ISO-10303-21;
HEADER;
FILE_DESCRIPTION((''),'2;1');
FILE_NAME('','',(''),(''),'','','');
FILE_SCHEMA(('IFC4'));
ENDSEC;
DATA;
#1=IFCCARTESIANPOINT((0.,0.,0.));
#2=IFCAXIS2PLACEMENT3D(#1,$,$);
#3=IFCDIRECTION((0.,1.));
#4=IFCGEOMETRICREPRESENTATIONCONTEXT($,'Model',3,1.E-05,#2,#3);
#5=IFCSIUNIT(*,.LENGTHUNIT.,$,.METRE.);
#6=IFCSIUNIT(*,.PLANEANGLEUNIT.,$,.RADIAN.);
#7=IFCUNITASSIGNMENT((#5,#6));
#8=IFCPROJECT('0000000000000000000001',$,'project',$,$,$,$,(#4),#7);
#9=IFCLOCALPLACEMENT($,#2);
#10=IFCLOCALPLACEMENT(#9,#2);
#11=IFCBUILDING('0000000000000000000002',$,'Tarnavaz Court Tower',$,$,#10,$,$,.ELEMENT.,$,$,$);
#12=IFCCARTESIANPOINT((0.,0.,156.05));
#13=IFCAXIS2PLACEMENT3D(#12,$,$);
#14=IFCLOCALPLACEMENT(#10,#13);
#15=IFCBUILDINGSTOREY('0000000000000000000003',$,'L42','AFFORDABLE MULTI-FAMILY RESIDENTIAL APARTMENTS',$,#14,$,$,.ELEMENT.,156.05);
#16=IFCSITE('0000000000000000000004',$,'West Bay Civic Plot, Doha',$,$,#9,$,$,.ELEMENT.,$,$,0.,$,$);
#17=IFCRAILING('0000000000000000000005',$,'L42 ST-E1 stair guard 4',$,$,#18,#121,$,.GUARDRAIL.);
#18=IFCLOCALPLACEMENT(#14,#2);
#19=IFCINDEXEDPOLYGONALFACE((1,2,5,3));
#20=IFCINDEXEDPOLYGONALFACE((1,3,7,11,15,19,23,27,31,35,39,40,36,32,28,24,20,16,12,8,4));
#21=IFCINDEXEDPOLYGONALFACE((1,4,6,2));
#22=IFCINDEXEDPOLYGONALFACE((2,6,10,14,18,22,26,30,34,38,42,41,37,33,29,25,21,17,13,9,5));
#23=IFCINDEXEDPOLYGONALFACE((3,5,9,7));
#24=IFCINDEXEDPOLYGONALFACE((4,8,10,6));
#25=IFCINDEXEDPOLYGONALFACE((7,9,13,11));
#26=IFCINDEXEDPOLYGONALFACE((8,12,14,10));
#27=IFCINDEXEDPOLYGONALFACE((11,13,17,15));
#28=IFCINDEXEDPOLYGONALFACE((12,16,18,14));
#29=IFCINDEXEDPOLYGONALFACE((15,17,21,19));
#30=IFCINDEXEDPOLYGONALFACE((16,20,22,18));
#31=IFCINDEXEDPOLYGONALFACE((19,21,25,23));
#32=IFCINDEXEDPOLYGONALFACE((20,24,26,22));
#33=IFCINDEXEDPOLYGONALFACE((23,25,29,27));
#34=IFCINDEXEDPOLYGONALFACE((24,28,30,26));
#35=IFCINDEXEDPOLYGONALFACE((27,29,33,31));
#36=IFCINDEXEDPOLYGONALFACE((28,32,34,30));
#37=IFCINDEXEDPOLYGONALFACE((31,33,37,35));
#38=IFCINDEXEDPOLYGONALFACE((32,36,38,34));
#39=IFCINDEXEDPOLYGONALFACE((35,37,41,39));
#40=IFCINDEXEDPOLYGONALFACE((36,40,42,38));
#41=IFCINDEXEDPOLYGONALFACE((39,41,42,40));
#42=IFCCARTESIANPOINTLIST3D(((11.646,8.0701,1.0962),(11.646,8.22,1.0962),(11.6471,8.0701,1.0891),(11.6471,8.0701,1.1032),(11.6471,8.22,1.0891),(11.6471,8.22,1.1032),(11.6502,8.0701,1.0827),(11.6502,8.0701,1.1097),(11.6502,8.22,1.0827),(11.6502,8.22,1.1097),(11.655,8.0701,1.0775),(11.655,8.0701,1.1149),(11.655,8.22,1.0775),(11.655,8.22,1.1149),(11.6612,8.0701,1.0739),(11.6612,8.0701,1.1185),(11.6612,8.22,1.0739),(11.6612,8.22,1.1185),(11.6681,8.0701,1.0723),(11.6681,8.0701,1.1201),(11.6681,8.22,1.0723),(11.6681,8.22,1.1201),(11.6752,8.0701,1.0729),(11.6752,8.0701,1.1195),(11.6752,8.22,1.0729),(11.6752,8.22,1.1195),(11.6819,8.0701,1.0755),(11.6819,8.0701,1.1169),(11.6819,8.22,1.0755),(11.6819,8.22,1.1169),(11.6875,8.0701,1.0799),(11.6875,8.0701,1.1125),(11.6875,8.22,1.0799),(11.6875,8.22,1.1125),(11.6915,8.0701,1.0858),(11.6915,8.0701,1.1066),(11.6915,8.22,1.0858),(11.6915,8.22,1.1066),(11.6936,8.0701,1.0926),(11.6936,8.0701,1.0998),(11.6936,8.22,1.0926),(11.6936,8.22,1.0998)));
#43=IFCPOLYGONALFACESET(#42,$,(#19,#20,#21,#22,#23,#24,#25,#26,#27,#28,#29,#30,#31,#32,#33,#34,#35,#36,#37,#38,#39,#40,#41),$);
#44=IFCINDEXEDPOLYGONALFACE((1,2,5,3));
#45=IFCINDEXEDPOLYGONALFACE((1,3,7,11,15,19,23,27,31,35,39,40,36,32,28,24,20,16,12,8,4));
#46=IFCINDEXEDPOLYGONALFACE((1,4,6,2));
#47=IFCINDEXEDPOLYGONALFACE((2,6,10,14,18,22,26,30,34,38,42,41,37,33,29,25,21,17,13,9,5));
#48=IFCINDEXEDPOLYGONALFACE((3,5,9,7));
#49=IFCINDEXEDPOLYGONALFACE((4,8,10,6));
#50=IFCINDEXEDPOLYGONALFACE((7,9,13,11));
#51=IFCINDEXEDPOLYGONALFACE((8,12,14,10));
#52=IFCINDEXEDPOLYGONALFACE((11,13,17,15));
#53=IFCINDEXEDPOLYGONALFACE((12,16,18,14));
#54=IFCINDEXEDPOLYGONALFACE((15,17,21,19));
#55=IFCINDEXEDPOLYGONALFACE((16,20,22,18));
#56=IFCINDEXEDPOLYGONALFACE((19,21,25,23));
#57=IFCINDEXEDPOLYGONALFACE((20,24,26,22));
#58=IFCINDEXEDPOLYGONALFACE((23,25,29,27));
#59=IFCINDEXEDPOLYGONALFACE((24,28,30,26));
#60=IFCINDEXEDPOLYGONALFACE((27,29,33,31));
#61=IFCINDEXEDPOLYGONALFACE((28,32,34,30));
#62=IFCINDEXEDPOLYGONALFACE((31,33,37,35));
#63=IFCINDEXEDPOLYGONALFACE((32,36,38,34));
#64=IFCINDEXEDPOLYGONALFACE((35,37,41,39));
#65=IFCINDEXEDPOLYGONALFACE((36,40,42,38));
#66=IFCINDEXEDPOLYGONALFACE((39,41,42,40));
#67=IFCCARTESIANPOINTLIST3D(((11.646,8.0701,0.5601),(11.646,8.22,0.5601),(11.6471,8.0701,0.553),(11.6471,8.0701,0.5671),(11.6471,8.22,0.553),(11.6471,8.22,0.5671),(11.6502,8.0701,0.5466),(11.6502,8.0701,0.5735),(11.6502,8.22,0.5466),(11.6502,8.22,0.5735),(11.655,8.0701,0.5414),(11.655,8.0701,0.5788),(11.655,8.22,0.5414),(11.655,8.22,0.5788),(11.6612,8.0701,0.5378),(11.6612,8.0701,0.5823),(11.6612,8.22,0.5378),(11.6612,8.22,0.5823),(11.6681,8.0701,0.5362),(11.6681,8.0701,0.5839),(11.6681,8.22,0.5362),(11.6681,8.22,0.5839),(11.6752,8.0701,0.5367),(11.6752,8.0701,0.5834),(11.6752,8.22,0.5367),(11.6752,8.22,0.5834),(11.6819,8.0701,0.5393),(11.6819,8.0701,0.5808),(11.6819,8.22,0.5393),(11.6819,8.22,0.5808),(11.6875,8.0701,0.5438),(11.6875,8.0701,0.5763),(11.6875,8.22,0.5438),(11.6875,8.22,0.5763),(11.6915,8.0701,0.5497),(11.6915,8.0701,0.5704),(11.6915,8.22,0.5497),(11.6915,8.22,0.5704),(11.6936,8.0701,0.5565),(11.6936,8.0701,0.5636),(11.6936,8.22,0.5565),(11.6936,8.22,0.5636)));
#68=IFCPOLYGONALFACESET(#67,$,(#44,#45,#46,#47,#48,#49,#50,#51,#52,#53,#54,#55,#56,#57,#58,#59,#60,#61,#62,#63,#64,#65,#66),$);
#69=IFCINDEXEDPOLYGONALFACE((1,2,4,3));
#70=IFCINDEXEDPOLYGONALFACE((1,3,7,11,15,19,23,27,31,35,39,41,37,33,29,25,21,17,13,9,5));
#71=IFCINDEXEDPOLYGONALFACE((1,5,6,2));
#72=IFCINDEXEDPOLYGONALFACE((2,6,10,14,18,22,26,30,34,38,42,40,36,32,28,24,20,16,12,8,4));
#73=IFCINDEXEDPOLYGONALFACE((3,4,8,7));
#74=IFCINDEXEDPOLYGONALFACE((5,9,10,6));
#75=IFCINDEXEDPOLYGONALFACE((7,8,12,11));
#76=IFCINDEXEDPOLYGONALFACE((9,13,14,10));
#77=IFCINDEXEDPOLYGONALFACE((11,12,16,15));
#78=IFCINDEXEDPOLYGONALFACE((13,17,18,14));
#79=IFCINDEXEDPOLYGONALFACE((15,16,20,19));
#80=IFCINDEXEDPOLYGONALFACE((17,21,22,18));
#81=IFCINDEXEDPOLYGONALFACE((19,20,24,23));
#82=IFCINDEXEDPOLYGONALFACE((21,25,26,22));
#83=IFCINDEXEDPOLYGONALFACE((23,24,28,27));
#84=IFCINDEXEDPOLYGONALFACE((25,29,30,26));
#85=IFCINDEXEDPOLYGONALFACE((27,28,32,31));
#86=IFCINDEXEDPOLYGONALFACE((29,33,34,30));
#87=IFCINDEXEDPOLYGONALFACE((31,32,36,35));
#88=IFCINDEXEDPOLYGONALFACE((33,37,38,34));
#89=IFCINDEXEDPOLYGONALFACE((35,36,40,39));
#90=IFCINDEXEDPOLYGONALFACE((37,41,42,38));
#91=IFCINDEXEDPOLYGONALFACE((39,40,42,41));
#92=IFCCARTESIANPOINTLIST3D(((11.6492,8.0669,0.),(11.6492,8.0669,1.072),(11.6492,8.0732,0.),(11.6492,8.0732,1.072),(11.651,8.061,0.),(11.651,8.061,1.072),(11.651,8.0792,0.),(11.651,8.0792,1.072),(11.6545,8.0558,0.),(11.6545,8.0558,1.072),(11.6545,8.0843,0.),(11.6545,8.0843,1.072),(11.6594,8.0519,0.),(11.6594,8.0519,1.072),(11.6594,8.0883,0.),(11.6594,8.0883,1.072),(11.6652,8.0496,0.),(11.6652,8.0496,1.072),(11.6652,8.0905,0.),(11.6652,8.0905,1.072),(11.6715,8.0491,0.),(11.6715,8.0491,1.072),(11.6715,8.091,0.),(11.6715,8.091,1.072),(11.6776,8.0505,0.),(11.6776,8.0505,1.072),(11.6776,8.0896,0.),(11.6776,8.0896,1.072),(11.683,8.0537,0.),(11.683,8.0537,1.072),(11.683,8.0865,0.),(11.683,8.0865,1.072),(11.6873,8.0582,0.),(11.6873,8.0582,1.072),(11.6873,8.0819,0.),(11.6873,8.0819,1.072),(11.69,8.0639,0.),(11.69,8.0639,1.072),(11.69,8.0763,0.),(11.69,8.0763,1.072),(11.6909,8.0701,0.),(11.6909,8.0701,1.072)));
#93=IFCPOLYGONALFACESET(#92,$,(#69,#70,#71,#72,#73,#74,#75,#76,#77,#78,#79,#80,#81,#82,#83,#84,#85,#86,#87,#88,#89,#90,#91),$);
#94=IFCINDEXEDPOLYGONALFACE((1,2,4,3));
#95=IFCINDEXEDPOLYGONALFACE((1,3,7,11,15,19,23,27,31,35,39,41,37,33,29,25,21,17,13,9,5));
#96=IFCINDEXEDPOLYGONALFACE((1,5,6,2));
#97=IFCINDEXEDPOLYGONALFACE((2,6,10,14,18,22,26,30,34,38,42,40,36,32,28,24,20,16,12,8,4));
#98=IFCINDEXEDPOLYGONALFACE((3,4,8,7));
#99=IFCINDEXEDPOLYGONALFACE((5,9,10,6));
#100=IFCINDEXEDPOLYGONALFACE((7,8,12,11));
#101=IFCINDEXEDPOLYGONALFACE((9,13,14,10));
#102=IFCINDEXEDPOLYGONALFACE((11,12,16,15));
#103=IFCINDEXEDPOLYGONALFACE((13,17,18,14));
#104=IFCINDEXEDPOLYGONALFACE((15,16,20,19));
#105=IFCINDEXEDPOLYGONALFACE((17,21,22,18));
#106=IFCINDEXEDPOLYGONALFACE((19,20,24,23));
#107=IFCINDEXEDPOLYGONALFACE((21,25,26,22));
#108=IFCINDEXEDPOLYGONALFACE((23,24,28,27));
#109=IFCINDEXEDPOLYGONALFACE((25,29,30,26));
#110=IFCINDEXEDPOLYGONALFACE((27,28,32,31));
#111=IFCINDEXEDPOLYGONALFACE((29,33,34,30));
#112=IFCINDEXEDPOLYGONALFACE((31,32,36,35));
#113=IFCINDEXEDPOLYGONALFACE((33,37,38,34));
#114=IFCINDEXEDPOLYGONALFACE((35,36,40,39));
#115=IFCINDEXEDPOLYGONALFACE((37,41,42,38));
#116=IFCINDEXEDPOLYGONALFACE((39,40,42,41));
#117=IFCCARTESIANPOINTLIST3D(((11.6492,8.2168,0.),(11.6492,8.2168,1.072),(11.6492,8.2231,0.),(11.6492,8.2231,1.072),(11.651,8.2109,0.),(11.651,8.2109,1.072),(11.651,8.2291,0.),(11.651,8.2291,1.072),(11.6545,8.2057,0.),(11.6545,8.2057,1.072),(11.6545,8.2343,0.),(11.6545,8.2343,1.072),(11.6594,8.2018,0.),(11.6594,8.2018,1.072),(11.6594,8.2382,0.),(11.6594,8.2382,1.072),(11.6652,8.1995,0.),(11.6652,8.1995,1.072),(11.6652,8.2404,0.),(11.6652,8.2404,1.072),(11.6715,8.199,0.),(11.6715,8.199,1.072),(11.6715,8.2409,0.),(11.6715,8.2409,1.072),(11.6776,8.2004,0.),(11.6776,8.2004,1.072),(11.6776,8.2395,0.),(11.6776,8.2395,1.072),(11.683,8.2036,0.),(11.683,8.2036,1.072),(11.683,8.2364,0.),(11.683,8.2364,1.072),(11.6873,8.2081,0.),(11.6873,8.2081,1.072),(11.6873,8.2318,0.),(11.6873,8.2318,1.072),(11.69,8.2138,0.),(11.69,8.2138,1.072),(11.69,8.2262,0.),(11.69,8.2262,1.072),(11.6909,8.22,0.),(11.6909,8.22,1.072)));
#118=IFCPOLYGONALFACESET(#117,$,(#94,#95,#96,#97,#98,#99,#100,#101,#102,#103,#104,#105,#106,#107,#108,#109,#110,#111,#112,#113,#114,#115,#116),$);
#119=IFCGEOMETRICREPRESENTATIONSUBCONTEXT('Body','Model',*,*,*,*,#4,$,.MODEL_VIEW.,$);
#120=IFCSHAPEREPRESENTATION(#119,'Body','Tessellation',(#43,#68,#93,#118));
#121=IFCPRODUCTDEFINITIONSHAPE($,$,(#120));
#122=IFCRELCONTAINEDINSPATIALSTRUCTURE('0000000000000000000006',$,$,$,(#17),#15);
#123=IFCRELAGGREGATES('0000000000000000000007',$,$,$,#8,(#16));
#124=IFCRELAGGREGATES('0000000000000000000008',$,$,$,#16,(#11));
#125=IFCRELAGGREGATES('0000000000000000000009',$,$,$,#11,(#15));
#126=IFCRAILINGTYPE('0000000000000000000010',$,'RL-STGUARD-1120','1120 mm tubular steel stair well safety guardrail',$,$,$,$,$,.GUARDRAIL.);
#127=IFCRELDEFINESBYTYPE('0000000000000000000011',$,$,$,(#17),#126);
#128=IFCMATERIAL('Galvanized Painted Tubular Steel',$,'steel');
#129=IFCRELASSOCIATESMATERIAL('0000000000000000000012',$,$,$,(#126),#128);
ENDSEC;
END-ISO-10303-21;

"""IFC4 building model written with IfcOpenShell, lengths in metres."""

from ifc_helpers import new_model, si_unit, direction, frame, origin, origin_2d, place, context, subcontext, project, spatial, circle, extrude, material, type_object, element, save


model = new_model("IFC4")

# Units and contexts
model_context = context("Model", 3, precision=1e-05, world=origin(), true_north=direction((0.0, 1.0)))
body_context = subcontext(model_context, "Body", "Model", "MODEL_VIEW")
ifc_project = project(units=[si_unit("LENGTHUNIT", "METRE"), si_unit("PLANEANGLEUNIT", "RADIAN")], contexts=[model_context])

# Site, building, storey
site_placement = place(None, origin())
site = spatial("IfcSite", under=ifc_project, at=site_placement, Name="West Bay Civic Plot, Doha", CompositionType="ELEMENT", RefElevation=0.0)
building_placement = place(site_placement, origin())
building = spatial("IfcBuilding", under=site, at=building_placement, Name="Tarnavaz Court Tower", CompositionType="ELEMENT")
storey_placement = place(building_placement, frame((0.0, 0.0, 156.05)))
storey = spatial("IfcBuildingStorey", under=building, at=storey_placement, Name="L42", Description="AFFORDABLE MULTI-FAMILY RESIDENTIAL APARTMENTS", CompositionType="ELEMENT", Elevation=156.05)

# Railing
ifc_material_1 = material(Name="Galvanized Painted Tubular Steel", Category="steel")
railing_type_1 = type_object("IfcRailingType", Name="RL-STGUARD-1120", Description="1120 mm tubular steel stair well safety guardrail", PredefinedType="GUARDRAIL", material=ifc_material_1)
railing_1_placement = place(storey_placement, frame((11.6699, 8.0701, 0.0)))
element("IfcRailing", 1, at=railing_1_placement, inside=storey, type_object=railing_type_1, Name="L42 ST-E1 stair guard 4", PredefinedType="GUARDRAIL", context=body_context, shape_type="SweptSolid", body=[
    extrude(circle(Radius=0.0239, at=origin_2d()), frame((0.0, 0.0, 1.0962), z_axis=(0.0, 1.0, 0.0), x_axis=(-1.0, 0.0, 0.0)), (0.0, 0.0, 1.0), 0.1499),
    extrude(circle(Radius=0.0239, at=origin_2d()), frame((0.0, 0.0, 0.5601), z_axis=(0.0, 1.0, 0.0), x_axis=(-1.0, 0.0, 0.0)), (0.0, 0.0, 1.0), 0.1499),
    extrude(circle(Radius=0.021, at=origin_2d()), origin(), (0.0, 0.0, 1.0), 1.072),
    extrude(circle(Radius=0.021, at=origin_2d()), frame((0.0, 0.1499, 0.0)), (0.0, 0.0, 1.0), 1.072),
])

save(model, "model.ifc")
